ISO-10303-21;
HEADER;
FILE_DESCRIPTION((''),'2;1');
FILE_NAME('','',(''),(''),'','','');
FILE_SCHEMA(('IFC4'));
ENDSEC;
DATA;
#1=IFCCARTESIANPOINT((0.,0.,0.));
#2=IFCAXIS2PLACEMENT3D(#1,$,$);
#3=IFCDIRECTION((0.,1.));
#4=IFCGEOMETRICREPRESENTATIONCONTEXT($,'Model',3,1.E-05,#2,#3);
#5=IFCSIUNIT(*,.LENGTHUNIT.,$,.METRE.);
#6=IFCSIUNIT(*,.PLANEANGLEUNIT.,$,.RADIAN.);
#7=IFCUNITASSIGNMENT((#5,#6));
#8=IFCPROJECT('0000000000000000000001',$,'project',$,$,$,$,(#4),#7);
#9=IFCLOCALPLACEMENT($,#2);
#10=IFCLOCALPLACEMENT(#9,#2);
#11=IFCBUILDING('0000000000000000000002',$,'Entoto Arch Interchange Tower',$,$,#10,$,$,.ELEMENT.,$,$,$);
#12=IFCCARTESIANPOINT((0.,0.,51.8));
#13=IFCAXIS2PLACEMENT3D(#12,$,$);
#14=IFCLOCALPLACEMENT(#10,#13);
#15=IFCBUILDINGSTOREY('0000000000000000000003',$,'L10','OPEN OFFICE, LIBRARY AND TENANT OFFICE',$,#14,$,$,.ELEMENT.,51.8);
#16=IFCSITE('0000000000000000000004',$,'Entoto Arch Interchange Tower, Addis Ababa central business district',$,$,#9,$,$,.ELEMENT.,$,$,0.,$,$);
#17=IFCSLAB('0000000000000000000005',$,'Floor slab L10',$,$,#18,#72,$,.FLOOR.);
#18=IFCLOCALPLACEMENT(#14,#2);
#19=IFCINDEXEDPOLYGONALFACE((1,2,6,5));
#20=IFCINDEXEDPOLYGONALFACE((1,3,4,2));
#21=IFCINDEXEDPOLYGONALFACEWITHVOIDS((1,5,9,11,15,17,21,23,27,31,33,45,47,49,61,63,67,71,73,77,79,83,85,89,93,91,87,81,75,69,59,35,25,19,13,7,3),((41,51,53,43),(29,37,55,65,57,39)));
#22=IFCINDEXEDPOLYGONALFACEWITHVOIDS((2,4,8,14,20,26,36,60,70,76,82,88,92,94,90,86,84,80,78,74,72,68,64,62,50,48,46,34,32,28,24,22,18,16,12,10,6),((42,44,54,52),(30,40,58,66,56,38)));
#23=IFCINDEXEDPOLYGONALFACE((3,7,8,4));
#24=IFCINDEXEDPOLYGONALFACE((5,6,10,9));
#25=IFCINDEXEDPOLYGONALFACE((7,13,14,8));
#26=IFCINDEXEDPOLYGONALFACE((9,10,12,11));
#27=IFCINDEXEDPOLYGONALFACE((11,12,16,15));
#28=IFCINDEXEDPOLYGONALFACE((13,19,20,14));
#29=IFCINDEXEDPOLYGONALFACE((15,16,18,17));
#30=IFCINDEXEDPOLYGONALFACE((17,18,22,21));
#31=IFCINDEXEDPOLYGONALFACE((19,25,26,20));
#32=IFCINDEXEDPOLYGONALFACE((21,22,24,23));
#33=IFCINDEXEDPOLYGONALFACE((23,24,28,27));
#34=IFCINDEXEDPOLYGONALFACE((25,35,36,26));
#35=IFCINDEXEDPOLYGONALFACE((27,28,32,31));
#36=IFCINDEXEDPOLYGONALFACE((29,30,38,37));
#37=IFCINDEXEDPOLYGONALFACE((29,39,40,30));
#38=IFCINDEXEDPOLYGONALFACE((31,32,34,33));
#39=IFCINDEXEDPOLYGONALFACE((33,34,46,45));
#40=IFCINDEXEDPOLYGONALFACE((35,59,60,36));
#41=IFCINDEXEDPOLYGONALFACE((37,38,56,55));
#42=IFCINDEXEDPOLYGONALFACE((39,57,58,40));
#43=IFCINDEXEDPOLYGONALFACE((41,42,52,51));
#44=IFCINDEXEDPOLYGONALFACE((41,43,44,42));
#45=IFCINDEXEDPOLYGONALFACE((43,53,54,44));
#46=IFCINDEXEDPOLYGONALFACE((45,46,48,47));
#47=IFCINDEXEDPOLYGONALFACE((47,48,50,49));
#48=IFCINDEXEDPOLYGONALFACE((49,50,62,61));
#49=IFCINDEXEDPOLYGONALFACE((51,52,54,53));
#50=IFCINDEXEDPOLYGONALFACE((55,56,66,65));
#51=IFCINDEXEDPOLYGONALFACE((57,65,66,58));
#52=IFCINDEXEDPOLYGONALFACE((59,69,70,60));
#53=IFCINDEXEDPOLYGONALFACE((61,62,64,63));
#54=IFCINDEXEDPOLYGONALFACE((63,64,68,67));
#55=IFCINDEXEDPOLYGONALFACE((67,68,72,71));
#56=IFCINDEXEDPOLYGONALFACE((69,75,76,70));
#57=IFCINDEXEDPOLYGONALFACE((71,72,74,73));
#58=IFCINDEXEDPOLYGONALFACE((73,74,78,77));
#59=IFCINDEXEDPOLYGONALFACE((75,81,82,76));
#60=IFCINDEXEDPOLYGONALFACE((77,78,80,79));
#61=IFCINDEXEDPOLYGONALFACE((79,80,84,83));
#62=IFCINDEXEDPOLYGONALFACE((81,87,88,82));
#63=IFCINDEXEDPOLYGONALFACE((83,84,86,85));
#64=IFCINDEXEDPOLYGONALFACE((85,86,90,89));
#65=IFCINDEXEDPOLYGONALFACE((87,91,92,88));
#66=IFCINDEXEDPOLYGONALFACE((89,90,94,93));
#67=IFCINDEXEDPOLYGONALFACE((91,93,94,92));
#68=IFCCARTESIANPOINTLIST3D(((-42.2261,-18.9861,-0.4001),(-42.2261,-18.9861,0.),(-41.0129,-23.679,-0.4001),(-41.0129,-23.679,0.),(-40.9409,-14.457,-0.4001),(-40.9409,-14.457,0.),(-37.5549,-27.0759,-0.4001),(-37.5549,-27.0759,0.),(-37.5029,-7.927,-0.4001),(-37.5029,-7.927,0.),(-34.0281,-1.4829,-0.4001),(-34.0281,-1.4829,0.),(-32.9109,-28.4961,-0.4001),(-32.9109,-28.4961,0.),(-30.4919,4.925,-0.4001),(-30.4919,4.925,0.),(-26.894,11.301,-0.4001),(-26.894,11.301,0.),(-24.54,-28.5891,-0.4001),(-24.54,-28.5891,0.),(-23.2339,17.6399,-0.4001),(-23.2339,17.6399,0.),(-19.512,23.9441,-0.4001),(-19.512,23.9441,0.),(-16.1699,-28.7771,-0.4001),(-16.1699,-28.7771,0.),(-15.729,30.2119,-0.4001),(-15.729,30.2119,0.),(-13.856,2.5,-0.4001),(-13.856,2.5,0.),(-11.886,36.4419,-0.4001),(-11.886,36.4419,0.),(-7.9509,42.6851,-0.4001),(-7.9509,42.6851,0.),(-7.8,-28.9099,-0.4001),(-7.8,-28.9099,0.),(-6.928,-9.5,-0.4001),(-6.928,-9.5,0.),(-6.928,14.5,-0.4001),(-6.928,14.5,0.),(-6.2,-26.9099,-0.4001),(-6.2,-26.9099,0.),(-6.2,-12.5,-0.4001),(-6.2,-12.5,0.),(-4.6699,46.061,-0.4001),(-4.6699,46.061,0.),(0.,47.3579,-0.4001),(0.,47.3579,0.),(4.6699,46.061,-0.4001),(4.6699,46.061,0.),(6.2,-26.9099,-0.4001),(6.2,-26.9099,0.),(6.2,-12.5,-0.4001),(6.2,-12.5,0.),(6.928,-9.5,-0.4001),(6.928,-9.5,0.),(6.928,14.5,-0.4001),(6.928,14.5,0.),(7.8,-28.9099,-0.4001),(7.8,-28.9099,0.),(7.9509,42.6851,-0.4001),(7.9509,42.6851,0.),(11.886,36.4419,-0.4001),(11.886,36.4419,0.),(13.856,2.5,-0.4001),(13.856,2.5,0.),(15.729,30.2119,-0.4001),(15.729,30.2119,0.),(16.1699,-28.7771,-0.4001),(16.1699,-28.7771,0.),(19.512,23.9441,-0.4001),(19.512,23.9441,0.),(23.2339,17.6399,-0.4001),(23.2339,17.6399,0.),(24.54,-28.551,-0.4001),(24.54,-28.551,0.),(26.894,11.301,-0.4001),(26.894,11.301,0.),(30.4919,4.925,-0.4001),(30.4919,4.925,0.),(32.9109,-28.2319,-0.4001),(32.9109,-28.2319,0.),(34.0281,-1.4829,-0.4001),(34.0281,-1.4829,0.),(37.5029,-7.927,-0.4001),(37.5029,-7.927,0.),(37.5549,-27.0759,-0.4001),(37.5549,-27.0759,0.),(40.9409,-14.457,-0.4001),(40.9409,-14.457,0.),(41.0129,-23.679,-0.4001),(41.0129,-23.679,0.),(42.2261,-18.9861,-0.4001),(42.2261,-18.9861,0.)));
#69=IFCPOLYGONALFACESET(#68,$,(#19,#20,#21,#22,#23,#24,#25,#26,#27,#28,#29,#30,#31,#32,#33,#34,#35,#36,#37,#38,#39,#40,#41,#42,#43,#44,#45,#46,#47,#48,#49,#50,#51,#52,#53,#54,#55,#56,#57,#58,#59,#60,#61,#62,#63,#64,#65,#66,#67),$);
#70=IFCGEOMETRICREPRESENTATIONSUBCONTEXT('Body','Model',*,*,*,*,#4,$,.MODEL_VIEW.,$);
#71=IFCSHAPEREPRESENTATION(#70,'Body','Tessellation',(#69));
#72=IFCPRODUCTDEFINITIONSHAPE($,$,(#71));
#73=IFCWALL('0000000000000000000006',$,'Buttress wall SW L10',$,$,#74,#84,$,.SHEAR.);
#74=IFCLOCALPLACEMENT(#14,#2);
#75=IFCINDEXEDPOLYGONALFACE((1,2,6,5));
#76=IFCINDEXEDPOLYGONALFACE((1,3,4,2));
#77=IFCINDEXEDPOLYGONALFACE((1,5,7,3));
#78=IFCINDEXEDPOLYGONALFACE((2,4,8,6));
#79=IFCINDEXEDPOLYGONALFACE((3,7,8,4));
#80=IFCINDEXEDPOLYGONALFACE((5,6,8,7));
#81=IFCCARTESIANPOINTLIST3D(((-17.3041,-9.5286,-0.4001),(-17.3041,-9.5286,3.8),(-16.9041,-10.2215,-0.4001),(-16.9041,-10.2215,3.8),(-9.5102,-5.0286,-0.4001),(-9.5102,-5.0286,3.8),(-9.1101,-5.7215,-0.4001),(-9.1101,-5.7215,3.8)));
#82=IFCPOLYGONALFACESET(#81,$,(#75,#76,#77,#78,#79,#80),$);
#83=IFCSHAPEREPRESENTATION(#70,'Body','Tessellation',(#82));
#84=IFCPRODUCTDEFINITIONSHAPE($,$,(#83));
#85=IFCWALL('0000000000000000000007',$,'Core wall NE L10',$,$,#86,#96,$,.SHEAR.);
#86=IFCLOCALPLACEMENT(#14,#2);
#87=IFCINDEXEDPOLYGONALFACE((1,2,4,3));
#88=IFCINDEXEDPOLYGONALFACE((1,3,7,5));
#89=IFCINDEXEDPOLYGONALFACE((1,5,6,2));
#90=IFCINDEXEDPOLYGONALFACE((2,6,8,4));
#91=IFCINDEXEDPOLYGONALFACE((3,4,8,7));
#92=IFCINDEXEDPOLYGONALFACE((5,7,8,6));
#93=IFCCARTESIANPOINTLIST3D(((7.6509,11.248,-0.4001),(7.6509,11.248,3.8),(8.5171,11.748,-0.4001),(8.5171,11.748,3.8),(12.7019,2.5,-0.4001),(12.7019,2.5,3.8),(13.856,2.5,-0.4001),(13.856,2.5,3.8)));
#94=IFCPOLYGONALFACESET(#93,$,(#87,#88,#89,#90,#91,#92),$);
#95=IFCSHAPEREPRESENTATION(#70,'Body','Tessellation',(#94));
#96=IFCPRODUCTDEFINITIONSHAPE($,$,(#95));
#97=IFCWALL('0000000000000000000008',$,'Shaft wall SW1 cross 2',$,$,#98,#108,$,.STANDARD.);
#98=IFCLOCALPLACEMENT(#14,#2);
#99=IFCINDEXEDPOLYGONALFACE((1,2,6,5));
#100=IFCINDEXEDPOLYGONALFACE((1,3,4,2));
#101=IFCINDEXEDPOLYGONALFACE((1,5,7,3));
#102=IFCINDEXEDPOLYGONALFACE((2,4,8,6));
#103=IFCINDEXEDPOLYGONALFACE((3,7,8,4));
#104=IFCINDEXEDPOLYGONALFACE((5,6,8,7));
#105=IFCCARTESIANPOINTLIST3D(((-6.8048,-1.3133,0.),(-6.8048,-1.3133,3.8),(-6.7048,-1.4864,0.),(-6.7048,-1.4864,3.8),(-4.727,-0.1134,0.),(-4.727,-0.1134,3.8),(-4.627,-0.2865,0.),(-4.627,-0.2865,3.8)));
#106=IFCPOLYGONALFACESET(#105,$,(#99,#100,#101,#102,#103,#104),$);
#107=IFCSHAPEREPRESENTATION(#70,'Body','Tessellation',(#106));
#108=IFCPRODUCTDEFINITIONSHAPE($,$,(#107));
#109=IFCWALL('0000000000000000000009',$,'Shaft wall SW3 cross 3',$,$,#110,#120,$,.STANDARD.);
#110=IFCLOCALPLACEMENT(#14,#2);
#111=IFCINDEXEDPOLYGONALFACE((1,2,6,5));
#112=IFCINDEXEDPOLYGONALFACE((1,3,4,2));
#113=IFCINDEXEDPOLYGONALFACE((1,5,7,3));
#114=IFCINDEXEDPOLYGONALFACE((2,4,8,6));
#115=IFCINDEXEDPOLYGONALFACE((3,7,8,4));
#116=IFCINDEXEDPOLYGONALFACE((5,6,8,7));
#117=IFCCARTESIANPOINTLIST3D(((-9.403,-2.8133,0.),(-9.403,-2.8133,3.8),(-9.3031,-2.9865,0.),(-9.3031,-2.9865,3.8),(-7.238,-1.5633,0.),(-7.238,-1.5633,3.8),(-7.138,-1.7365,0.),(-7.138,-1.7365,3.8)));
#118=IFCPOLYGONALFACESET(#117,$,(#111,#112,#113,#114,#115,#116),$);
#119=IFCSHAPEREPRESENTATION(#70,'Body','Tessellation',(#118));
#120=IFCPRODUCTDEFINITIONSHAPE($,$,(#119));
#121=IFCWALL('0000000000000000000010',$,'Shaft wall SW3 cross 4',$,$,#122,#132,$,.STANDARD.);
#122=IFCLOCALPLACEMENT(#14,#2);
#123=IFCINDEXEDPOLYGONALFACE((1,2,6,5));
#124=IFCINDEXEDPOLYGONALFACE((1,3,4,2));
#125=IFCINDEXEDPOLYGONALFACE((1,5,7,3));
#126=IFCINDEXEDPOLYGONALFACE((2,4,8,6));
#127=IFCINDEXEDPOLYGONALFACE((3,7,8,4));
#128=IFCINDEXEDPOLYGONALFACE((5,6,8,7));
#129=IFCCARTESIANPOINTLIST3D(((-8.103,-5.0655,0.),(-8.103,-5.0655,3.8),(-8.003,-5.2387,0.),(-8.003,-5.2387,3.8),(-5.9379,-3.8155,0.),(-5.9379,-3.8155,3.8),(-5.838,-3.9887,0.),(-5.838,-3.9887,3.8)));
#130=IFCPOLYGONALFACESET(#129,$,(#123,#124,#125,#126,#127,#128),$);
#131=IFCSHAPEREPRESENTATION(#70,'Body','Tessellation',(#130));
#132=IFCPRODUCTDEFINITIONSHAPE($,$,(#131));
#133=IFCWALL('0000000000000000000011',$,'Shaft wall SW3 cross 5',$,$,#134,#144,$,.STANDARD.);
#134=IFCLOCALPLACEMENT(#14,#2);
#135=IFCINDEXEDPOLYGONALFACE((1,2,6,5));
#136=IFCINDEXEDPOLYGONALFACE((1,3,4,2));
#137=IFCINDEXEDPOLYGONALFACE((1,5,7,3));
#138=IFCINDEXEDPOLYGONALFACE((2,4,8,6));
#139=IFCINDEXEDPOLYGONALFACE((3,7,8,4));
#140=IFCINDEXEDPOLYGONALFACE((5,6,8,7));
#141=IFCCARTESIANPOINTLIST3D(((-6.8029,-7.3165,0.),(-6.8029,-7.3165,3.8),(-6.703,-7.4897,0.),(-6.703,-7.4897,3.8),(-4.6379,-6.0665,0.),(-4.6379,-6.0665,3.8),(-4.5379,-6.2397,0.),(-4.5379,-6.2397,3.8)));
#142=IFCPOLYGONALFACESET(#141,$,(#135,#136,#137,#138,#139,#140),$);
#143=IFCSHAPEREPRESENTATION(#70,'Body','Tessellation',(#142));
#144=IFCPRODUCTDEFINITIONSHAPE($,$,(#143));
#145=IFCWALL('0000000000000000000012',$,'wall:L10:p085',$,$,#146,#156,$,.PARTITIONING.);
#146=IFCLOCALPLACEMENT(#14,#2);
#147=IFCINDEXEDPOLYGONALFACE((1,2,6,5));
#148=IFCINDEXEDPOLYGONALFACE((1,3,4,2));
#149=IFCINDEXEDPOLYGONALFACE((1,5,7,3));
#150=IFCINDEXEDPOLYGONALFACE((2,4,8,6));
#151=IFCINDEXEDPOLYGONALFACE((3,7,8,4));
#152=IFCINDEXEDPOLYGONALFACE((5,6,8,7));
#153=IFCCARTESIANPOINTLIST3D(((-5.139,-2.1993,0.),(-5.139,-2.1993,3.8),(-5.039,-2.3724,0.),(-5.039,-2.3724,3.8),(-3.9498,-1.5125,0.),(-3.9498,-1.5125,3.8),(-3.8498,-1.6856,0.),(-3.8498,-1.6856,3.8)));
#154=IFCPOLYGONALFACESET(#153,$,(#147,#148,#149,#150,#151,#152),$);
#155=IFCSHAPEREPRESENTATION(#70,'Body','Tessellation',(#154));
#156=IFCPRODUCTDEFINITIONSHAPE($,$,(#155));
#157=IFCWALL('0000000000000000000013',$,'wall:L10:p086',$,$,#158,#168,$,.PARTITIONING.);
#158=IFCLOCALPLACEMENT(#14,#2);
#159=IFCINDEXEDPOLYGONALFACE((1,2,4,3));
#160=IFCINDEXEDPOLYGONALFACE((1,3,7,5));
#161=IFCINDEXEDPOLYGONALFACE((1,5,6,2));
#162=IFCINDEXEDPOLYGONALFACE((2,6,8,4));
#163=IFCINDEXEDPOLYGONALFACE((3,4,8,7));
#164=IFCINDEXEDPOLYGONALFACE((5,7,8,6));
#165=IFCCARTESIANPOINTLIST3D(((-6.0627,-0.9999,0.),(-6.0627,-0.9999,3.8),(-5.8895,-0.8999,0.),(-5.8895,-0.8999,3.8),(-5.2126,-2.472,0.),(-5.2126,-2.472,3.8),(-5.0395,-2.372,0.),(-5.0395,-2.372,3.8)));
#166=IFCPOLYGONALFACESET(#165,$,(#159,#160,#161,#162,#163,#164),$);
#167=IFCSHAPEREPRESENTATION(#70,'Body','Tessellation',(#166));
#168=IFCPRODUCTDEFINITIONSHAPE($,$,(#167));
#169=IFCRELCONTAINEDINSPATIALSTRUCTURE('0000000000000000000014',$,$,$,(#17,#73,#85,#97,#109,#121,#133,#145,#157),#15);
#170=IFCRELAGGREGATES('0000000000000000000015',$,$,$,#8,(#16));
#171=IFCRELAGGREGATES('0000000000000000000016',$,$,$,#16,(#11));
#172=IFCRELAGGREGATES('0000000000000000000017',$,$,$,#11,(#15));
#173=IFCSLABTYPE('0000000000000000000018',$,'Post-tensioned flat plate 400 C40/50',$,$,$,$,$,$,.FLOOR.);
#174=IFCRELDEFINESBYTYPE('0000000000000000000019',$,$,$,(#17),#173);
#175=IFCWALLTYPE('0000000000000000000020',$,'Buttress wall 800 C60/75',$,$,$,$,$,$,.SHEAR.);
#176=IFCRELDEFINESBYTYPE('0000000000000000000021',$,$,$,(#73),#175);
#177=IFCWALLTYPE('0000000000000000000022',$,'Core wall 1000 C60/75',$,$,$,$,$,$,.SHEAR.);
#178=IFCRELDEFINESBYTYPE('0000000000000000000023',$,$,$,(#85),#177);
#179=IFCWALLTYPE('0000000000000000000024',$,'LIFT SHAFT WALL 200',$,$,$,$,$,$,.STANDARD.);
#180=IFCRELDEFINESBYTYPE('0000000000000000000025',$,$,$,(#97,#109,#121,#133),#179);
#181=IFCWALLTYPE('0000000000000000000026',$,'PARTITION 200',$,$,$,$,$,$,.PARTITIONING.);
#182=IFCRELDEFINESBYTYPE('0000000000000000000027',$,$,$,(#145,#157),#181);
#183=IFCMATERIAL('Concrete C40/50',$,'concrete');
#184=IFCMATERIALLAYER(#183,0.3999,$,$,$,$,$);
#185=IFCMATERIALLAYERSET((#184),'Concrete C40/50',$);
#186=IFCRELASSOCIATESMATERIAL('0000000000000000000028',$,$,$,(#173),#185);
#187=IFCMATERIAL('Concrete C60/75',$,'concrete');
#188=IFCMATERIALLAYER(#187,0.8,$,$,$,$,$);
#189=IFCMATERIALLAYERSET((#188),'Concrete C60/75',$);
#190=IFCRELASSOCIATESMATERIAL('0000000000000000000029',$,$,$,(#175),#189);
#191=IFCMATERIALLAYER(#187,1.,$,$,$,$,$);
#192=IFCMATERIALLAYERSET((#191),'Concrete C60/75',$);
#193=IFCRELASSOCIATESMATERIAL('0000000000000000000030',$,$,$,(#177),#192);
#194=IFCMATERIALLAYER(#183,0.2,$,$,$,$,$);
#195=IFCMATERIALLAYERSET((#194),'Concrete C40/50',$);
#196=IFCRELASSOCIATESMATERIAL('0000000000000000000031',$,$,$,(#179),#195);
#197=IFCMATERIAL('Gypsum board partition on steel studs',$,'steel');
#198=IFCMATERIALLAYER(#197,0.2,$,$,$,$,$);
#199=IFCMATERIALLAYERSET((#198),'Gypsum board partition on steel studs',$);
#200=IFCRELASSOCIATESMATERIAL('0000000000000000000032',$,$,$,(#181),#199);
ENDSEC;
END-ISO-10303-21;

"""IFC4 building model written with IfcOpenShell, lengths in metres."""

from ifc_helpers import new_model, si_unit, direction, frame, frame_2d, origin, place, context, subcontext, project, spatial, polyline, rectangle, outline, extrude, material, layer, layer_set, type_object, element, save


model = new_model("IFC4")

# Units and contexts
model_context = context("Model", 3, precision=1e-05, world=origin(), true_north=direction((0.0, 1.0)))
body_context = subcontext(model_context, "Body", "Model", "MODEL_VIEW")
ifc_project = project(units=[si_unit("LENGTHUNIT", "METRE"), si_unit("PLANEANGLEUNIT", "RADIAN")], contexts=[model_context])

# Site, building, storey
site_placement = place(None, origin())
site = spatial("IfcSite", under=ifc_project, at=site_placement, Name="Entoto Arch Interchange Tower, Addis Ababa central business district", CompositionType="ELEMENT", RefElevation=0.0)
building_placement = place(site_placement, origin())
building = spatial("IfcBuilding", under=site, at=building_placement, Name="Entoto Arch Interchange Tower", CompositionType="ELEMENT")
storey_placement = place(building_placement, frame((0.0, 0.0, 51.8)))
storey = spatial("IfcBuildingStorey", under=building, at=storey_placement, Name="L10", Description="OPEN OFFICE, LIBRARY AND TENANT OFFICE", CompositionType="ELEMENT", Elevation=51.8)

# Slab
ifc_material_1 = material(Name="Concrete C40/50", Category="concrete")
ifc_layer_1 = layer(ifc_material_1, 0.3999)
ifc_layer_set_1 = layer_set([ifc_layer_1], Name="Concrete C40/50")
slab_type = type_object("IfcSlabType", Name="Post-tensioned flat plate 400 C40/50", PredefinedType="FLOOR", material=ifc_layer_set_1)
slab_placement = place(storey_placement, frame((0.0, 0.0, -0.4001)))
element("IfcSlab", 1, at=slab_placement, inside=storey, type_object=slab_type, Name="Floor slab L10", PredefinedType="FLOOR", context=body_context, shape_type="SweptSolid", body=[
    extrude(outline(polyline([(-32.9109, -28.4961), (-24.54, -28.5891), (-16.1699, -28.7771), (-7.8, -28.9099), (7.8, -28.9099), (16.1699, -28.7771), (24.54, -28.551), (32.9109, -28.2319), (37.5549, -27.0759), (41.0129, -23.679), (42.2261, -18.9861), (40.9409, -14.457), (37.5029, -7.927), (34.0281, -1.4829), (30.4919, 4.925), (26.894, 11.301), (23.2339, 17.6399), (19.512, 23.9441), (15.729, 30.2119), (11.886, 36.4419), (7.9509, 42.6851), (4.6699, 46.061), (0.0, 47.3579), (-4.6699, 46.061), (-7.9509, 42.6851), (-11.886, 36.4419), (-15.729, 30.2119), (-19.512, 23.9441), (-23.2339, 17.6399), (-26.894, 11.301), (-30.4919, 4.925), (-34.0281, -1.4829), (-37.5029, -7.927), (-40.9409, -14.457), (-42.2261, -18.9861), (-41.0129, -23.679), (-37.5549, -27.0759), (-32.9109, -28.4961)]), holes=[polyline([(6.2, -26.9099), (6.2, -12.5), (-6.2, -12.5), (-6.2, -26.9099), (6.2, -26.9099)]), polyline([(13.856, 2.5), (6.928, 14.5), (-6.928, 14.5), (-13.856, 2.5), (-6.928, -9.5), (6.928, -9.5), (13.856, 2.5)])]), origin(), (0.0, 0.0, 1.0), 0.4001),
])

# Walls
ifc_material_2 = material(Name="Concrete C60/75", Category="concrete")
ifc_layer_2 = layer(ifc_material_2, 0.8)
ifc_layer_set_2 = layer_set([ifc_layer_2], Name="Concrete C60/75")
wall_type_1 = type_object("IfcWallType", Name="Buttress wall 800 C60/75", PredefinedType="SHEAR", material=ifc_layer_set_2)
wall_1_placement = place(storey_placement, frame((-9.3101, -5.375, -0.4001), z_axis=(0.0, 0.0, 1.0), x_axis=(-0.866018, -0.500014, 0.0)))
element("IfcWall", 2, at=wall_1_placement, inside=storey, type_object=wall_type_1, Name="Buttress wall SW L10", PredefinedType="SHEAR", context=body_context, shape_type="SweptSolid", body=[
    extrude(rectangle(XDim=8.9998, YDim=0.8, at=frame_2d((4.5, 0.0))), origin(), (0.0, 0.0, 1.0), 4.2002),
])
ifc_layer_3 = layer(ifc_material_2, 1.0)
ifc_layer_set_3 = layer_set([ifc_layer_3], Name="Concrete C60/75")
wall_type_2 = type_object("IfcWallType", Name="Core wall 1000 C60/75", PredefinedType="SHEAR", material=ifc_layer_set_3)
wall_2_placement = place(storey_placement, frame((0.0, 0.0, -0.4001)))
element("IfcWall", 3, at=wall_2_placement, inside=storey, type_object=wall_type_2, Name="Core wall NE L10", PredefinedType="SHEAR", context=body_context, shape_type="SweptSolid", body=[
    extrude(outline(polyline([(8.5171, 11.748), (7.6509, 11.248), (12.7019, 2.5), (13.856, 2.5), (8.5171, 11.748)])), origin(), (0.0, 0.0, 1.0), 4.2002),
])
ifc_layer_4 = layer(ifc_material_1, 0.2)
ifc_layer_set_4 = layer_set([ifc_layer_4], Name="Concrete C40/50")
wall_type_3 = type_object("IfcWallType", Name="LIFT SHAFT WALL 200", PredefinedType="STANDARD", material=ifc_layer_set_4)
wall_3_placement = place(storey_placement, frame((-4.677, -0.2, 0.0), z_axis=(0.0, 0.0, 1.0), x_axis=(-0.865974, -0.500089, 0.0)))
element("IfcWall", 4, at=wall_3_placement, inside=storey, type_object=wall_type_3, Name="Shaft wall SW1 cross 2", PredefinedType="STANDARD", context=body_context, shape_type="SweptSolid", body=[
    extrude(rectangle(XDim=2.3994, YDim=0.2, at=frame_2d((1.1997, 0.0))), origin(), (0.0, 0.0, 1.0), 3.8),
])
for number, where, z_axis, x_axis, name in (
    (5, (-7.188, -1.6499, 0.0), (0.0, 0.0, 1.0), (-0.866023, -0.500004, 0.0), "Shaft wall SW3 cross 3"),
    (6, (-5.8879, -3.9021, 0.0), (0.0, 0.0, 1.0), (-0.866023, -0.500004, 0.0), "Shaft wall SW3 cross 4"),
    (7, (-4.5879, -6.1531, 0.0), (0.0, 0.0, 1.0), (-0.866023, -0.500004, 0.0), "Shaft wall SW3 cross 5"),
):
    element("IfcWall", number, at=place(storey_placement, frame(where, z_axis=z_axis, x_axis=x_axis)), inside=storey, type_object=wall_type_3, Name=name, PredefinedType="STANDARD", context=body_context, shape_type="SweptSolid", body=[
        extrude(rectangle(XDim=2.5, YDim=0.2, at=frame_2d((1.25, 0.0))), origin(), (0.0, 0.0, 1.0), 3.8),
    ])
ifc_material_3 = material(Name="Gypsum board partition on steel studs", Category="steel")
ifc_layer_5 = layer(ifc_material_3, 0.2)
ifc_layer_set_5 = layer_set([ifc_layer_5], Name="Gypsum board partition on steel studs")
wall_type_4 = type_object("IfcWallType", Name="PARTITION 200", PredefinedType="PARTITIONING", material=ifc_layer_set_5)
wall_4_placement = place(storey_placement, frame((-3.8999, -1.5991, 0.0), z_axis=(0.0, 0.0, 1.0), x_axis=(-0.865969, -0.500097, 0.0)))
element("IfcWall", 8, at=wall_4_placement, inside=storey, type_object=wall_type_4, Name="wall:L10:p085", PredefinedType="PARTITIONING", context=body_context, shape_type="SweptSolid", body=[
    extrude(rectangle(XDim=1.3733, YDim=0.2, at=frame_2d((0.6865, 0.0))), origin(), (0.0, 0.0, 1.0), 3.8),
])
wall_5_placement = place(storey_placement, frame((-5.126, -2.4221, 0.0), z_axis=(0.0, 0.0, 1.0), x_axis=(-0.500062, 0.865989, 0.0)))
element("IfcWall", 9, at=wall_5_placement, inside=storey, type_object=wall_type_4, Name="wall:L10:p086", PredefinedType="PARTITIONING", context=body_context, shape_type="SweptSolid", body=[
    extrude(rectangle(XDim=1.7, YDim=0.2, at=frame_2d((0.8501, 0.0))), origin(), (0.0, 0.0, 1.0), 3.8),
])

save(model, "model.ifc")
